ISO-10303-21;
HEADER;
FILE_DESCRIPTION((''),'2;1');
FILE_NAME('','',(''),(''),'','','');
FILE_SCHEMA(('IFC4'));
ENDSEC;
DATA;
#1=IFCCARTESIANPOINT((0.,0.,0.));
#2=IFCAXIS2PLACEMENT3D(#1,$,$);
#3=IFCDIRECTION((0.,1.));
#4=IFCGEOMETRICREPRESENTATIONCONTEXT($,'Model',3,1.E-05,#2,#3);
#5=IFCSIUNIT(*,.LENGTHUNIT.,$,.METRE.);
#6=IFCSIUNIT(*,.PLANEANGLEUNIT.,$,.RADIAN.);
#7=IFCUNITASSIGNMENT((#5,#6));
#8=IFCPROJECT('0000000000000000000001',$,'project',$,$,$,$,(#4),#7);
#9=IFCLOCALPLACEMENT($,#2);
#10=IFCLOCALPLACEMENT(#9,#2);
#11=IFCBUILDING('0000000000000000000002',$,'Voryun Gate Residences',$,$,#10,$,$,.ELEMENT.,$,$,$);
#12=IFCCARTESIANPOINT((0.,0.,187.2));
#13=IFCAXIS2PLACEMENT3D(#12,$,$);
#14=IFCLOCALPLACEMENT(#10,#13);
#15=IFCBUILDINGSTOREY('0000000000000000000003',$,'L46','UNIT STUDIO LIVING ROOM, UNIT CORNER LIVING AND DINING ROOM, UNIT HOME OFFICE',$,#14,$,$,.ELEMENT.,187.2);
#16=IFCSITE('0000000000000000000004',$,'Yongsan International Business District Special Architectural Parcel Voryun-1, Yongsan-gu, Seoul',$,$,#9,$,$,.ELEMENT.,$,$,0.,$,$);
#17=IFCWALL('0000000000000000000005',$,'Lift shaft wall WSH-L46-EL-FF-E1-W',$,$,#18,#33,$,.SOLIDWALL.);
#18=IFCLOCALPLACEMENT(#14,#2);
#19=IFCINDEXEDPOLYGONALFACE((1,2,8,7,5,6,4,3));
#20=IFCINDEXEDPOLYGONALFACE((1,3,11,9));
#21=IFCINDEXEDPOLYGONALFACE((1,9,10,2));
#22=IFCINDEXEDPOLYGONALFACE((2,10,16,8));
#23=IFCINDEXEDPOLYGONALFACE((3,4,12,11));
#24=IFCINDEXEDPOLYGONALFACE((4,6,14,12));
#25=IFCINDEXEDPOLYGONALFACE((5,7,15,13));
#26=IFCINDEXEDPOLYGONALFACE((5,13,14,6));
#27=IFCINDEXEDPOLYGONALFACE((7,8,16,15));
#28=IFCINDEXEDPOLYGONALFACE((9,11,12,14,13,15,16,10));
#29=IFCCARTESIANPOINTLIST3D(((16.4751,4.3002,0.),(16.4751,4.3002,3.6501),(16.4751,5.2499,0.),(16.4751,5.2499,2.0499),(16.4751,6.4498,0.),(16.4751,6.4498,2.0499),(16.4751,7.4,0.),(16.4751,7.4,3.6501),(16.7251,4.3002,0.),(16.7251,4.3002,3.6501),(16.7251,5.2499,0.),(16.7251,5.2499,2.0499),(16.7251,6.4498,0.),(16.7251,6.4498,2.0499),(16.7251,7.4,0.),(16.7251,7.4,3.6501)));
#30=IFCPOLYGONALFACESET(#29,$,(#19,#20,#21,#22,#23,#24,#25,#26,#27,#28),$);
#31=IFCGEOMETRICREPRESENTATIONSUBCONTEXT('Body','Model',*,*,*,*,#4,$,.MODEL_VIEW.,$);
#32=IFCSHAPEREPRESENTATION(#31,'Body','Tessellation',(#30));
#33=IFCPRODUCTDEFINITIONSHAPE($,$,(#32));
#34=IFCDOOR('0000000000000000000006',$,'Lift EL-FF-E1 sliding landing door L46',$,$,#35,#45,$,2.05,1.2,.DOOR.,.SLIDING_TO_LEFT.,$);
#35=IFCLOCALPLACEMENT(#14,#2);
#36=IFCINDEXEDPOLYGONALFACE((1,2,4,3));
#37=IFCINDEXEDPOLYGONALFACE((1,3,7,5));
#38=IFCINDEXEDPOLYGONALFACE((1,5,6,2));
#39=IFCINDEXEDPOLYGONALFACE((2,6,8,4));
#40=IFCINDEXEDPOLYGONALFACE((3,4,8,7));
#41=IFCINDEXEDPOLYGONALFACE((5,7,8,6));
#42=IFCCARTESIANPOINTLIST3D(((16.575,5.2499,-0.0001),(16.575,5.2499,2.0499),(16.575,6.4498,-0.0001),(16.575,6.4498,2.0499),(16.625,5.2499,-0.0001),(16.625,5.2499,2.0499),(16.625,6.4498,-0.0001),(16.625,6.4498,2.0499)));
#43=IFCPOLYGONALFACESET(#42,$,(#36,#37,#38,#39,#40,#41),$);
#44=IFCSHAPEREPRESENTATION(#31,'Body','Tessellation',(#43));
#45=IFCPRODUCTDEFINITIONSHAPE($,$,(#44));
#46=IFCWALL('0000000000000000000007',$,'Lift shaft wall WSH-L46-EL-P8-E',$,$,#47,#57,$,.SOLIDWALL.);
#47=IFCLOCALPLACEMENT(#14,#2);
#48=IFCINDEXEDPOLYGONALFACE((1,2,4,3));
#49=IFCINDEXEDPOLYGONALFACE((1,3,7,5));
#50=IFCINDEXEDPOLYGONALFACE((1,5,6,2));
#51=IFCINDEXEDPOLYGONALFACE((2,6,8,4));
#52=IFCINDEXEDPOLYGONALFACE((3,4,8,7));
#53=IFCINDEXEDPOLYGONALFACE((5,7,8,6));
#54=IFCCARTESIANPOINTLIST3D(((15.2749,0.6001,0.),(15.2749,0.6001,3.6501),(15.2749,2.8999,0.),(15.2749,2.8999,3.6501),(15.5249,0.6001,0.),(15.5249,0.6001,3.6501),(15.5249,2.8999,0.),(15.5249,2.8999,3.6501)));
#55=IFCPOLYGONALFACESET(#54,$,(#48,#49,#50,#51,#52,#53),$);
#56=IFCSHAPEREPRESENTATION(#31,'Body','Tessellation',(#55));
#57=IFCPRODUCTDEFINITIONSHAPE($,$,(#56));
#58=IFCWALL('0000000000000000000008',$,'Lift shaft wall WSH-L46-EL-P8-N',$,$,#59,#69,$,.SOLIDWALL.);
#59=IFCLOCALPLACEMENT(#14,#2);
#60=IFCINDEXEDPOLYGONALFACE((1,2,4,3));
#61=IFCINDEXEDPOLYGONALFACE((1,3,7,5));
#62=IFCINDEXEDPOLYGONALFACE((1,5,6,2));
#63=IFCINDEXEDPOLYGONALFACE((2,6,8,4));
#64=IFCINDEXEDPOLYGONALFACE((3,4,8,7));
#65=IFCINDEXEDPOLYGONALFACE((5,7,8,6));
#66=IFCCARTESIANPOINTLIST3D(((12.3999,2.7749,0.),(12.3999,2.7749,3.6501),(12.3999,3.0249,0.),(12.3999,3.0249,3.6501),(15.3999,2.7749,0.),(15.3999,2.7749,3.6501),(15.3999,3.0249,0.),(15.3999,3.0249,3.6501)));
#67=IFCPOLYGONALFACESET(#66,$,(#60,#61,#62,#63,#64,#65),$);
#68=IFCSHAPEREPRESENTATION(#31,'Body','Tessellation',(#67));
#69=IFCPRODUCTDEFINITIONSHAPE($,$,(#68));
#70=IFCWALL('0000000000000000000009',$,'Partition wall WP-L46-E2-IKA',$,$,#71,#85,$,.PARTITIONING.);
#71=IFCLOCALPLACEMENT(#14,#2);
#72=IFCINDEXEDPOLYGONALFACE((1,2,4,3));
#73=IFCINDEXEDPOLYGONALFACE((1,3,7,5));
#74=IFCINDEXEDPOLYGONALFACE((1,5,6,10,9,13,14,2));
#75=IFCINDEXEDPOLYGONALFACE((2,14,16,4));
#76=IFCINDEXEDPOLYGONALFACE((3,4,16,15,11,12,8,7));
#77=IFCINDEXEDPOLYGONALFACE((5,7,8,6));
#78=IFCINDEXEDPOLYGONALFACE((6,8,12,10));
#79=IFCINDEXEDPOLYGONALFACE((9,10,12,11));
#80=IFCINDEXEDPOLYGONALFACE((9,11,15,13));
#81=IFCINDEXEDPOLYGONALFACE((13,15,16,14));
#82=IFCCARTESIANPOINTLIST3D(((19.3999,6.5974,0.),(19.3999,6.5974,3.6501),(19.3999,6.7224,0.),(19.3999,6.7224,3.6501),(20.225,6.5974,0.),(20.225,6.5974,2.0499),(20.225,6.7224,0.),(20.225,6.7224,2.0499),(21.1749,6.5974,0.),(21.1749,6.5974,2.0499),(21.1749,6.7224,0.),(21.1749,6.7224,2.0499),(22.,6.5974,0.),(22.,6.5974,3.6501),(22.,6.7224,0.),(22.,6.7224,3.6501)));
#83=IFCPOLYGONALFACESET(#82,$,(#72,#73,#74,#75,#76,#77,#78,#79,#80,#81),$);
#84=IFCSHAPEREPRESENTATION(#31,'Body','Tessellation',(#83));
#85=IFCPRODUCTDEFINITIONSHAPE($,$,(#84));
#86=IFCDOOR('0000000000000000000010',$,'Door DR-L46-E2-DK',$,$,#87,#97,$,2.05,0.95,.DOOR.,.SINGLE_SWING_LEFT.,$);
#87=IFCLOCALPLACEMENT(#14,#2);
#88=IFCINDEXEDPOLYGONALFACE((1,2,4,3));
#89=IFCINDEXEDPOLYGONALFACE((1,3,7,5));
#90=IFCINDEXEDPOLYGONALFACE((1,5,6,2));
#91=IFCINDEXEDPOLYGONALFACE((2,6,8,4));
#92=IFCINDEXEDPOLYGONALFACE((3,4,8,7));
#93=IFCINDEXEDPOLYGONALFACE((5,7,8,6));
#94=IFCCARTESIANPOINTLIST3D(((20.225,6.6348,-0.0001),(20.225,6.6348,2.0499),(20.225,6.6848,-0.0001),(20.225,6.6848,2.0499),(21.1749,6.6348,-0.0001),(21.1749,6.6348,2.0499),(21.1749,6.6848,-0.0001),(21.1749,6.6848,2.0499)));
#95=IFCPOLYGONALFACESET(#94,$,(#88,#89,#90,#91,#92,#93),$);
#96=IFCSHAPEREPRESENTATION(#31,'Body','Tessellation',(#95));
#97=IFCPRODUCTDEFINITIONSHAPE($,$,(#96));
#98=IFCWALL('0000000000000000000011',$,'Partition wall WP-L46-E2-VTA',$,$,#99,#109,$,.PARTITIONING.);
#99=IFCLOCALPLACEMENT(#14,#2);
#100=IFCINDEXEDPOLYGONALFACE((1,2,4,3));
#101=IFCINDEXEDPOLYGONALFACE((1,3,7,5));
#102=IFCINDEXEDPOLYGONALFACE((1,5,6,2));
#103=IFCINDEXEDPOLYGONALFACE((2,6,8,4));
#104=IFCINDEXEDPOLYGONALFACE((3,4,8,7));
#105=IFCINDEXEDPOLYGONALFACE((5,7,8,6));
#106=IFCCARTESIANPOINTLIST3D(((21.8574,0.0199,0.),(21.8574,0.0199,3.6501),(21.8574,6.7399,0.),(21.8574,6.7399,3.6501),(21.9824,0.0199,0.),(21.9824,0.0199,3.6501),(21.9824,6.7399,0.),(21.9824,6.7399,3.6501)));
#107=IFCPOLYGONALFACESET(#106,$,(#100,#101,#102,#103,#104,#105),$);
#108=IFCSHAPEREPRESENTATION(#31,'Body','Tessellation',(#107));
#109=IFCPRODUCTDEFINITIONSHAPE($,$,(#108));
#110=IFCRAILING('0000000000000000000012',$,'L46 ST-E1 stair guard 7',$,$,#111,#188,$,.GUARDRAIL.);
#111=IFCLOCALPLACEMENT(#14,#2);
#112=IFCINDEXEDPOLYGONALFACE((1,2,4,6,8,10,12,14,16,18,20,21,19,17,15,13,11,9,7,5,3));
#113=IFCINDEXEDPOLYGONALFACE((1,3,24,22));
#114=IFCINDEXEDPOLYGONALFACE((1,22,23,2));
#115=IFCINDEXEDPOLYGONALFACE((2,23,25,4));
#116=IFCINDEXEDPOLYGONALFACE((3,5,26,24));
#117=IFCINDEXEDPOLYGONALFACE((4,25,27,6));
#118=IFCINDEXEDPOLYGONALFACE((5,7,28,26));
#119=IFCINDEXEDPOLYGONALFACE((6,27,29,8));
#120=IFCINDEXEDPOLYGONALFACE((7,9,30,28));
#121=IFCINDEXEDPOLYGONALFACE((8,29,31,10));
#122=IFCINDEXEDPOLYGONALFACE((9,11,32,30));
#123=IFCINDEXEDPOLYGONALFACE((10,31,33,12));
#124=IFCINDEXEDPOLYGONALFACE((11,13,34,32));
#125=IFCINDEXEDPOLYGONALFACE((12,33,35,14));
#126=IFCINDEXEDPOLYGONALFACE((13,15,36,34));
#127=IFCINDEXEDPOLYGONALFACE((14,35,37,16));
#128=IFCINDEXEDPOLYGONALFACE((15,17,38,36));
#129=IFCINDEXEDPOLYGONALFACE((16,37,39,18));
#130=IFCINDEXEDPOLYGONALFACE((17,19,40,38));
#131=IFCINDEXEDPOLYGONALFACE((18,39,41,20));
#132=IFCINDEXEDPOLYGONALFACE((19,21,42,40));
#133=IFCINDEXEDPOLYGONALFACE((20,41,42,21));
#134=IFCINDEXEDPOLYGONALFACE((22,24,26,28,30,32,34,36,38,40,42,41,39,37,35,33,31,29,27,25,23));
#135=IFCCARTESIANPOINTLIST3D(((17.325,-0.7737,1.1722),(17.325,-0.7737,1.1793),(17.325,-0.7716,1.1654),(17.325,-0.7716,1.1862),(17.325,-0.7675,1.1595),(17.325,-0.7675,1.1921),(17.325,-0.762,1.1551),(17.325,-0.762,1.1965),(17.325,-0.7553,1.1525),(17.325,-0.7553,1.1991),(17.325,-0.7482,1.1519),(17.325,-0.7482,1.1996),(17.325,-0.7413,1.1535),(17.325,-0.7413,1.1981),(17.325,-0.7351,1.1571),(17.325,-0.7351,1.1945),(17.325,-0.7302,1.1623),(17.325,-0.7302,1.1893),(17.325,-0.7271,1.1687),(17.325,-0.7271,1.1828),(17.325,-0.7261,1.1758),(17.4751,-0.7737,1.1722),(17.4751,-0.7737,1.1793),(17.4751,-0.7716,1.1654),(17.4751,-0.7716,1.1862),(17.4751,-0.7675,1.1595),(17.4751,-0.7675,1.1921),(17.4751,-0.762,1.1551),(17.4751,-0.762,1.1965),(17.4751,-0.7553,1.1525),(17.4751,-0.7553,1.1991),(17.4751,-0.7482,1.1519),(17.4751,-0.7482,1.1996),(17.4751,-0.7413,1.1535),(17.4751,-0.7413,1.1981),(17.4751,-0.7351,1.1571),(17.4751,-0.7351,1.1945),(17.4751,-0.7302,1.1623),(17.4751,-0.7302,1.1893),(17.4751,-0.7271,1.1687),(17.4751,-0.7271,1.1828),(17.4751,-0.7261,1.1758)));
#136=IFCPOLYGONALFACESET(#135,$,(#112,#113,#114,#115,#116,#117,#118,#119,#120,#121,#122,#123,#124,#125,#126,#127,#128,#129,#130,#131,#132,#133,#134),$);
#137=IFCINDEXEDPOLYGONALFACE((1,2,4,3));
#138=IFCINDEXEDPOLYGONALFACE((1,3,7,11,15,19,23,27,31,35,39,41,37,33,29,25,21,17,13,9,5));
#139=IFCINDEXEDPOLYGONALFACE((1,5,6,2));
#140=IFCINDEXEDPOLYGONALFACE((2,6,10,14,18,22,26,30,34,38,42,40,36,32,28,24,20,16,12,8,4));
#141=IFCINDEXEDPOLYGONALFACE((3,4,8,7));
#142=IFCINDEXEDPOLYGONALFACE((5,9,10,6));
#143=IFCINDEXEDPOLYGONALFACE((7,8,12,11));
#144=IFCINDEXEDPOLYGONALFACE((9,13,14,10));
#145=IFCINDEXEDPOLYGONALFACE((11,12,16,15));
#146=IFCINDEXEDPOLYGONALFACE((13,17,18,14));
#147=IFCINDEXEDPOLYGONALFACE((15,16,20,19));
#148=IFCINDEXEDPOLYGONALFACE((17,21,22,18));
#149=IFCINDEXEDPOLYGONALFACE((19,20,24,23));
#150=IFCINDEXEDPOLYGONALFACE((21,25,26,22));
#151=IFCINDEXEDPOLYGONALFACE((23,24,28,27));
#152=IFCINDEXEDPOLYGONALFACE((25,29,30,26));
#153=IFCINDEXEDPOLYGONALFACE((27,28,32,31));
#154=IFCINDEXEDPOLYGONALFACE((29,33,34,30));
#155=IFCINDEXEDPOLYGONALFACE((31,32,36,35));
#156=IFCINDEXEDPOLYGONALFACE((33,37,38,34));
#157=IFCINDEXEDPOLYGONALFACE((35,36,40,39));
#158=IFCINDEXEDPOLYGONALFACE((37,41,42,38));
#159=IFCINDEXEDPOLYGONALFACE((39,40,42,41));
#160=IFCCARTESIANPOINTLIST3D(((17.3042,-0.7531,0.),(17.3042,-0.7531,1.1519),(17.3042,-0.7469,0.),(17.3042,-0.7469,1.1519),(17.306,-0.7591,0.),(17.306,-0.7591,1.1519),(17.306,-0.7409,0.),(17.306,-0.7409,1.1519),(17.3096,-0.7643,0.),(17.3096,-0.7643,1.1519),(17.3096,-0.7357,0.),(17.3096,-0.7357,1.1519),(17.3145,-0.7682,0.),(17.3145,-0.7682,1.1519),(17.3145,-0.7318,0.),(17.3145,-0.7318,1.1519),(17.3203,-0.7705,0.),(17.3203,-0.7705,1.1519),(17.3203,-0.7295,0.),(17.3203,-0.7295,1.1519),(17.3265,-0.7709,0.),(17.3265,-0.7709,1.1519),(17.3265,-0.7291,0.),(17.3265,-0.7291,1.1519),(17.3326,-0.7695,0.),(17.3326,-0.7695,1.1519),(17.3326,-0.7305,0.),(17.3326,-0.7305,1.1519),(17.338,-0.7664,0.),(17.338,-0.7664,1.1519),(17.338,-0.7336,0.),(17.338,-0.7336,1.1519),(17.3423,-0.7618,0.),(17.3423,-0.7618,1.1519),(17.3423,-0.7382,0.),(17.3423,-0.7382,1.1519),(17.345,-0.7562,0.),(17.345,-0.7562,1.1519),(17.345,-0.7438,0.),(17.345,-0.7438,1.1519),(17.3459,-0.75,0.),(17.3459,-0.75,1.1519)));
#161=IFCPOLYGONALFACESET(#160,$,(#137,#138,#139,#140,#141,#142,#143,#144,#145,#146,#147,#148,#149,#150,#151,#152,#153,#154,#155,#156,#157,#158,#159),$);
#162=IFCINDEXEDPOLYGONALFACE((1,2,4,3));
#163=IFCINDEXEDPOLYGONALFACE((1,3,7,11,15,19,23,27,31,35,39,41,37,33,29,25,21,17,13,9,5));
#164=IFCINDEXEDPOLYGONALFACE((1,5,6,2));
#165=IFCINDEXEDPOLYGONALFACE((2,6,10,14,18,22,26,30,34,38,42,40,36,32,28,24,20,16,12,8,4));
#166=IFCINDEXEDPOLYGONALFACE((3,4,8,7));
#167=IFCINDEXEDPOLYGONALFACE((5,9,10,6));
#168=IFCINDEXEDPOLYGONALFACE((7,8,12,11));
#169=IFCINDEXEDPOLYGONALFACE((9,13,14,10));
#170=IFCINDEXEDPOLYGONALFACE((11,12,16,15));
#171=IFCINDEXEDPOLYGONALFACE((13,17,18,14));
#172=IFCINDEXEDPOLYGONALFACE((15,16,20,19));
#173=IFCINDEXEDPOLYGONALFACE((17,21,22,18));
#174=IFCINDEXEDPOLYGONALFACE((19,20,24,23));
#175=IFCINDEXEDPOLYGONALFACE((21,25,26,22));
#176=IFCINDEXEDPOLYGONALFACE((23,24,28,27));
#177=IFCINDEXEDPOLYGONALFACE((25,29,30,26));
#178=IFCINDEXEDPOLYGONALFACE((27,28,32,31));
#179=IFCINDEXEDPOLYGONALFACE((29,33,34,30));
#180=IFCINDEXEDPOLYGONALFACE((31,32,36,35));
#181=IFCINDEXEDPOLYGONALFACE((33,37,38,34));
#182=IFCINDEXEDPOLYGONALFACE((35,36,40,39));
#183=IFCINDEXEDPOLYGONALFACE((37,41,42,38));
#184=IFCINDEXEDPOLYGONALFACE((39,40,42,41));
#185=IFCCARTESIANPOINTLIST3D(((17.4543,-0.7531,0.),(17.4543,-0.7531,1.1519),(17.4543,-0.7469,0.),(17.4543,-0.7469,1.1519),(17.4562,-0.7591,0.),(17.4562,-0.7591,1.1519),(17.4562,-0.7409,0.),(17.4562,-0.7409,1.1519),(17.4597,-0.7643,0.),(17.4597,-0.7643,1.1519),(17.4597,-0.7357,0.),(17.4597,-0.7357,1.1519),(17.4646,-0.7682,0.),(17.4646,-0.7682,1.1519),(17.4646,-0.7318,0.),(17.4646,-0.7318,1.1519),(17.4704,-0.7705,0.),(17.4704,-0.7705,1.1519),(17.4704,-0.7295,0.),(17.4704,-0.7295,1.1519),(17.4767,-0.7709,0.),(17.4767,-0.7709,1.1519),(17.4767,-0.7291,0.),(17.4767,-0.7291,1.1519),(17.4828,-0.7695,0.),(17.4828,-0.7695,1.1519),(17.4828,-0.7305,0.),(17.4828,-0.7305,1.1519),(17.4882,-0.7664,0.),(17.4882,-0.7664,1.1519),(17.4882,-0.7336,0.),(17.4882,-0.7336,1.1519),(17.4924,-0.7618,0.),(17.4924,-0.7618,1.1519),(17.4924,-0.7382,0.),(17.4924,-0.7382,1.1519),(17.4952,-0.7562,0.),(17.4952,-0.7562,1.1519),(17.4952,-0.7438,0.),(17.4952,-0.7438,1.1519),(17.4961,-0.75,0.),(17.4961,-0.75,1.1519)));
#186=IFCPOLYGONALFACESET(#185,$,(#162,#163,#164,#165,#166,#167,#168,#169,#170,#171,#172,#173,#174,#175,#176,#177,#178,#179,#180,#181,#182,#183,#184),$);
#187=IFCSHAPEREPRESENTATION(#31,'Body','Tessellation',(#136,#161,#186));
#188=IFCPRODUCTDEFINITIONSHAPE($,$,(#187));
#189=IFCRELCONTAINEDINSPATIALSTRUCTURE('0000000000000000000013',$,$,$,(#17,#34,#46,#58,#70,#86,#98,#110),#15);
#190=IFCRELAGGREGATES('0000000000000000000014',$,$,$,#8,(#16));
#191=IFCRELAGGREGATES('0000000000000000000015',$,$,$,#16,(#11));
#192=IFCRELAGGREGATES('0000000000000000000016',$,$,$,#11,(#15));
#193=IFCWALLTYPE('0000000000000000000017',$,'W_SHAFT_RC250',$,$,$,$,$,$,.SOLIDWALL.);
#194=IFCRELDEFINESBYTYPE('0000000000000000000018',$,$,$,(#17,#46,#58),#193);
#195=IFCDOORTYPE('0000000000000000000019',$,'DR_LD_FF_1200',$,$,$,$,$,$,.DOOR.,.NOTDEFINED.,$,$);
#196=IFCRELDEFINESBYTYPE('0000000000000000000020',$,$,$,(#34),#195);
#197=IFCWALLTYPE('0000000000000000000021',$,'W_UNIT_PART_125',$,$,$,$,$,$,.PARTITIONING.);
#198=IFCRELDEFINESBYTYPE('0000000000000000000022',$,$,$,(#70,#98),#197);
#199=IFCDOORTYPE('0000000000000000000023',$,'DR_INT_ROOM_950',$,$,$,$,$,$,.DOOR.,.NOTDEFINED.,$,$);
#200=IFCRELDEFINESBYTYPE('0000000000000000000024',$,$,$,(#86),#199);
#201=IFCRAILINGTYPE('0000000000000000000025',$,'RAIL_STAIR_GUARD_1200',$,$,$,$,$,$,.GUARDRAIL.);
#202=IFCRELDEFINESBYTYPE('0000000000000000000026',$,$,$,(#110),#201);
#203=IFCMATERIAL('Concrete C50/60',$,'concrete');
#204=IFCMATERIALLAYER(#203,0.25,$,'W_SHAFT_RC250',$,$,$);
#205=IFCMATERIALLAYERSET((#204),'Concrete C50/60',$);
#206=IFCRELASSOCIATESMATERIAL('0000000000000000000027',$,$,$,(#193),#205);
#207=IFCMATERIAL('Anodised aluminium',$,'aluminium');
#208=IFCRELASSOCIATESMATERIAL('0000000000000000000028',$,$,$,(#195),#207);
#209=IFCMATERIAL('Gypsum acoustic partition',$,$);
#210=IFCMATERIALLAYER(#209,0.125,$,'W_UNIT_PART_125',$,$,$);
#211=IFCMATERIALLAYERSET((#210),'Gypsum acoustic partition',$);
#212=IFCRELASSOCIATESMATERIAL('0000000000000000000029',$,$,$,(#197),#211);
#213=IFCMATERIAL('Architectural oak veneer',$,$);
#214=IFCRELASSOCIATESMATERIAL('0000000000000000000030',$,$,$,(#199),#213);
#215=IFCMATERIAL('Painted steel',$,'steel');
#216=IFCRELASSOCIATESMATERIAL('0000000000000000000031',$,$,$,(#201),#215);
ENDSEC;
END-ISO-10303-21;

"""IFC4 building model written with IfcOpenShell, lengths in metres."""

from ifc_helpers import new_model, si_unit, direction, frame, frame_2d, origin, origin_2d, place, context, subcontext, project, spatial, rectangle, circle, extrude, material, layer, layer_set, type_object, element, fill, save


model = new_model("IFC4")

# Units and contexts
model_context = context("Model", 3, precision=1e-05, world=origin(), true_north=direction((0.0, 1.0)))
body_context = subcontext(model_context, "Body", "Model", "MODEL_VIEW")
ifc_project = project(units=[si_unit("LENGTHUNIT", "METRE"), si_unit("PLANEANGLEUNIT", "RADIAN")], contexts=[model_context])

# Site, building, storey
site_placement = place(None, origin())
site = spatial("IfcSite", under=ifc_project, at=site_placement, Name="Yongsan International Business District Special Architectural Parcel Voryun-1, Yongsan-gu, Seoul", CompositionType="ELEMENT", RefElevation=0.0)
building_placement = place(site_placement, origin())
building = spatial("IfcBuilding", under=site, at=building_placement, Name="Voryun Gate Residences", CompositionType="ELEMENT")
storey_placement = place(building_placement, frame((0.0, 0.0, 187.2)))
storey = spatial("IfcBuildingStorey", under=building, at=storey_placement, Name="L46", Description="UNIT STUDIO LIVING ROOM, UNIT CORNER LIVING AND DINING ROOM, UNIT HOME OFFICE", CompositionType="ELEMENT", Elevation=187.2)

# Shared definitions
ifc_material_1 = material(Name="Concrete C50/60", Category="concrete")
ifc_layer_1 = layer(ifc_material_1, 0.25, Name="W_SHAFT_RC250")
ifc_layer_set_1 = layer_set([ifc_layer_1], Name="Concrete C50/60")
wall_type_1 = type_object("IfcWallType", Name="W_SHAFT_RC250", PredefinedType="SOLIDWALL", material=ifc_layer_set_1)

# Wall, opening, door
wall_1_placement = place(storey_placement, frame((16.6001, 7.3999, 0.0), z_axis=(0.0, 0.0, 1.0), x_axis=(0.0, -1.0, 0.0)))
wall_1 = element("IfcWall", 1, at=wall_1_placement, inside=storey, type_object=wall_type_1, Name="Lift shaft wall WSH-L46-EL-FF-E1-W", PredefinedType="SOLIDWALL", context=body_context, shape_type="SweptSolid", body=[
    extrude(rectangle(XDim=3.0999, YDim=0.25, at=frame_2d((1.5498, 0.0))), origin(), (0.0, 0.0, 1.0), 3.6501),
])
opening_1_placement = place(wall_1_placement, frame((0.95, 0.0, 0.0)))
opening_1 = element("IfcOpeningElement", 2, at=opening_1_placement, cuts=wall_1, PredefinedType="OPENING", context=body_context, shape_type="SweptSolid", body=[
    extrude(rectangle(XDim=1.2, YDim=2.05, at=frame_2d((0.6001, 1.0249))), frame((0.0, 0.135, 0.0), z_axis=(0.0, -1.0, 0.0), x_axis=(1.0, 0.0, 0.0)), (0.0, 0.0, 1.0), 0.27),
])
ifc_material_2 = material(Name="Anodised aluminium", Category="aluminium")
door_type_1 = type_object("IfcDoorType", Name="DR_LD_FF_1200", OperationType="NOTDEFINED", PredefinedType="DOOR", material=ifc_material_2)
door_1_placement = place(opening_1_placement, origin())
door_1 = element("IfcDoor", 3, at=door_1_placement, inside=storey, type_object=door_type_1, Name="Lift EL-FF-E1 sliding landing door L46", OperationType="SLIDING_TO_LEFT", OverallHeight=2.05, OverallWidth=1.2, PredefinedType="DOOR", context=body_context, shape_type="SweptSolid", body=[
    extrude(rectangle(XDim=1.2, YDim=2.05, at=frame_2d((0.6001, 1.0249))), frame((0.0, 0.0249, 0.0), z_axis=(0.0, -1.0, 0.0), x_axis=(1.0, 0.0, 0.0)), (0.0, 0.0, 1.0), 0.05),
])
fill(opening_1, door_1)

# Walls
wall_2_placement = place(storey_placement, frame((15.3999, 0.6001, 0.0), z_axis=(0.0, 0.0, 1.0), x_axis=(0.0, 1.0, 0.0)))
element("IfcWall", 4, at=wall_2_placement, inside=storey, type_object=wall_type_1, Name="Lift shaft wall WSH-L46-EL-P8-E", PredefinedType="SOLIDWALL", context=body_context, shape_type="SweptSolid", body=[
    extrude(rectangle(XDim=2.2998, YDim=0.25, at=frame_2d((1.1499, 0.0))), origin(), (0.0, 0.0, 1.0), 3.6501),
])
wall_3_placement = place(storey_placement, frame((15.3999, 2.8999, 0.0), z_axis=(0.0, 0.0, 1.0), x_axis=(-1.0, 0.0, 0.0)))
element("IfcWall", 5, at=wall_3_placement, inside=storey, type_object=wall_type_1, Name="Lift shaft wall WSH-L46-EL-P8-N", PredefinedType="SOLIDWALL", context=body_context, shape_type="SweptSolid", body=[
    extrude(rectangle(XDim=3.0, YDim=0.25, at=frame_2d((1.5, 0.0))), origin(), (0.0, 0.0, 1.0), 3.6501),
])

# Wall, opening, door
ifc_material_3 = material(Name="Gypsum acoustic partition")
ifc_layer_2 = layer(ifc_material_3, 0.125, Name="W_UNIT_PART_125")
ifc_layer_set_2 = layer_set([ifc_layer_2], Name="Gypsum acoustic partition")
wall_type_2 = type_object("IfcWallType", Name="W_UNIT_PART_125", PredefinedType="PARTITIONING", material=ifc_layer_set_2)
wall_4_placement = place(storey_placement, frame((19.3999, 6.6599, 0.0), z_axis=(0.0, 0.0, 1.0), x_axis=(1.0, 0.0, 0.0)))
wall_4 = element("IfcWall", 6, at=wall_4_placement, inside=storey, type_object=wall_type_2, Name="Partition wall WP-L46-E2-IKA", PredefinedType="PARTITIONING", context=body_context, shape_type="SweptSolid", body=[
    extrude(rectangle(XDim=2.6001, YDim=0.125, at=frame_2d((1.3, 0.0))), origin(), (0.0, 0.0, 1.0), 3.6501),
])
opening_2_placement = place(wall_4_placement, frame((0.825, 0.0, 0.0)))
opening_2 = element("IfcOpeningElement", 7, at=opening_2_placement, cuts=wall_4, PredefinedType="OPENING", context=body_context, shape_type="SweptSolid", body=[
    extrude(rectangle(XDim=0.95, YDim=2.05, at=frame_2d((0.4751, 1.0249))), frame((0.0, 0.0725, 0.0), z_axis=(0.0, -1.0, 0.0), x_axis=(1.0, 0.0, 0.0)), (0.0, 0.0, 1.0), 0.145),
])
ifc_material_4 = material(Name="Architectural oak veneer")
door_type_2 = type_object("IfcDoorType", Name="DR_INT_ROOM_950", OperationType="NOTDEFINED", PredefinedType="DOOR", material=ifc_material_4)
door_2_placement = place(opening_2_placement, origin())
door_2 = element("IfcDoor", 8, at=door_2_placement, inside=storey, type_object=door_type_2, Name="Door DR-L46-E2-DK", OperationType="SINGLE_SWING_LEFT", OverallHeight=2.05, OverallWidth=0.95, PredefinedType="DOOR", context=body_context, shape_type="SweptSolid", body=[
    extrude(rectangle(XDim=0.95, YDim=2.05, at=frame_2d((0.4751, 1.0249))), frame((0.0, 0.0249, 0.0), z_axis=(0.0, -1.0, 0.0), x_axis=(1.0, 0.0, 0.0)), (0.0, 0.0, 1.0), 0.05),
])
fill(opening_2, door_2)

# Wall
wall_5_placement = place(storey_placement, frame((21.9199, 0.02, 0.0), z_axis=(0.0, 0.0, 1.0), x_axis=(0.0, 1.0, 0.0)))
element("IfcWall", 9, at=wall_5_placement, inside=storey, type_object=wall_type_2, Name="Partition wall WP-L46-E2-VTA", PredefinedType="PARTITIONING", context=body_context, shape_type="SweptSolid", body=[
    extrude(rectangle(XDim=6.72, YDim=0.125, at=frame_2d((3.3599, 0.0))), origin(), (0.0, 0.0, 1.0), 3.6501),
])

# Railing
ifc_material_5 = material(Name="Painted steel", Category="steel")
railing_type = type_object("IfcRailingType", Name="RAIL_STAIR_GUARD_1200", PredefinedType="GUARDRAIL", material=ifc_material_5)
railing_placement = place(storey_placement, frame((17.325, -0.75, 0.0)))
element("IfcRailing", 10, at=railing_placement, inside=storey, type_object=railing_type, Name="L46 ST-E1 stair guard 7", PredefinedType="GUARDRAIL", context=body_context, shape_type="SweptSolid", body=[
    extrude(circle(Radius=0.0239, at=origin_2d()), frame((0.0, 0.0, 1.1758), z_axis=(1.0, 0.0, 0.0), x_axis=(0.0, 1.0, 0.0)), (0.0, 0.0, 1.0), 0.1501),
    extrude(circle(Radius=0.021, at=origin_2d()), origin(), (0.0, 0.0, 1.0), 1.1519),
    extrude(circle(Radius=0.021, at=origin_2d()), frame((0.1501, 0.0, 0.0)), (0.0, 0.0, 1.0), 1.1519),
])

save(model, "model.ifc")
